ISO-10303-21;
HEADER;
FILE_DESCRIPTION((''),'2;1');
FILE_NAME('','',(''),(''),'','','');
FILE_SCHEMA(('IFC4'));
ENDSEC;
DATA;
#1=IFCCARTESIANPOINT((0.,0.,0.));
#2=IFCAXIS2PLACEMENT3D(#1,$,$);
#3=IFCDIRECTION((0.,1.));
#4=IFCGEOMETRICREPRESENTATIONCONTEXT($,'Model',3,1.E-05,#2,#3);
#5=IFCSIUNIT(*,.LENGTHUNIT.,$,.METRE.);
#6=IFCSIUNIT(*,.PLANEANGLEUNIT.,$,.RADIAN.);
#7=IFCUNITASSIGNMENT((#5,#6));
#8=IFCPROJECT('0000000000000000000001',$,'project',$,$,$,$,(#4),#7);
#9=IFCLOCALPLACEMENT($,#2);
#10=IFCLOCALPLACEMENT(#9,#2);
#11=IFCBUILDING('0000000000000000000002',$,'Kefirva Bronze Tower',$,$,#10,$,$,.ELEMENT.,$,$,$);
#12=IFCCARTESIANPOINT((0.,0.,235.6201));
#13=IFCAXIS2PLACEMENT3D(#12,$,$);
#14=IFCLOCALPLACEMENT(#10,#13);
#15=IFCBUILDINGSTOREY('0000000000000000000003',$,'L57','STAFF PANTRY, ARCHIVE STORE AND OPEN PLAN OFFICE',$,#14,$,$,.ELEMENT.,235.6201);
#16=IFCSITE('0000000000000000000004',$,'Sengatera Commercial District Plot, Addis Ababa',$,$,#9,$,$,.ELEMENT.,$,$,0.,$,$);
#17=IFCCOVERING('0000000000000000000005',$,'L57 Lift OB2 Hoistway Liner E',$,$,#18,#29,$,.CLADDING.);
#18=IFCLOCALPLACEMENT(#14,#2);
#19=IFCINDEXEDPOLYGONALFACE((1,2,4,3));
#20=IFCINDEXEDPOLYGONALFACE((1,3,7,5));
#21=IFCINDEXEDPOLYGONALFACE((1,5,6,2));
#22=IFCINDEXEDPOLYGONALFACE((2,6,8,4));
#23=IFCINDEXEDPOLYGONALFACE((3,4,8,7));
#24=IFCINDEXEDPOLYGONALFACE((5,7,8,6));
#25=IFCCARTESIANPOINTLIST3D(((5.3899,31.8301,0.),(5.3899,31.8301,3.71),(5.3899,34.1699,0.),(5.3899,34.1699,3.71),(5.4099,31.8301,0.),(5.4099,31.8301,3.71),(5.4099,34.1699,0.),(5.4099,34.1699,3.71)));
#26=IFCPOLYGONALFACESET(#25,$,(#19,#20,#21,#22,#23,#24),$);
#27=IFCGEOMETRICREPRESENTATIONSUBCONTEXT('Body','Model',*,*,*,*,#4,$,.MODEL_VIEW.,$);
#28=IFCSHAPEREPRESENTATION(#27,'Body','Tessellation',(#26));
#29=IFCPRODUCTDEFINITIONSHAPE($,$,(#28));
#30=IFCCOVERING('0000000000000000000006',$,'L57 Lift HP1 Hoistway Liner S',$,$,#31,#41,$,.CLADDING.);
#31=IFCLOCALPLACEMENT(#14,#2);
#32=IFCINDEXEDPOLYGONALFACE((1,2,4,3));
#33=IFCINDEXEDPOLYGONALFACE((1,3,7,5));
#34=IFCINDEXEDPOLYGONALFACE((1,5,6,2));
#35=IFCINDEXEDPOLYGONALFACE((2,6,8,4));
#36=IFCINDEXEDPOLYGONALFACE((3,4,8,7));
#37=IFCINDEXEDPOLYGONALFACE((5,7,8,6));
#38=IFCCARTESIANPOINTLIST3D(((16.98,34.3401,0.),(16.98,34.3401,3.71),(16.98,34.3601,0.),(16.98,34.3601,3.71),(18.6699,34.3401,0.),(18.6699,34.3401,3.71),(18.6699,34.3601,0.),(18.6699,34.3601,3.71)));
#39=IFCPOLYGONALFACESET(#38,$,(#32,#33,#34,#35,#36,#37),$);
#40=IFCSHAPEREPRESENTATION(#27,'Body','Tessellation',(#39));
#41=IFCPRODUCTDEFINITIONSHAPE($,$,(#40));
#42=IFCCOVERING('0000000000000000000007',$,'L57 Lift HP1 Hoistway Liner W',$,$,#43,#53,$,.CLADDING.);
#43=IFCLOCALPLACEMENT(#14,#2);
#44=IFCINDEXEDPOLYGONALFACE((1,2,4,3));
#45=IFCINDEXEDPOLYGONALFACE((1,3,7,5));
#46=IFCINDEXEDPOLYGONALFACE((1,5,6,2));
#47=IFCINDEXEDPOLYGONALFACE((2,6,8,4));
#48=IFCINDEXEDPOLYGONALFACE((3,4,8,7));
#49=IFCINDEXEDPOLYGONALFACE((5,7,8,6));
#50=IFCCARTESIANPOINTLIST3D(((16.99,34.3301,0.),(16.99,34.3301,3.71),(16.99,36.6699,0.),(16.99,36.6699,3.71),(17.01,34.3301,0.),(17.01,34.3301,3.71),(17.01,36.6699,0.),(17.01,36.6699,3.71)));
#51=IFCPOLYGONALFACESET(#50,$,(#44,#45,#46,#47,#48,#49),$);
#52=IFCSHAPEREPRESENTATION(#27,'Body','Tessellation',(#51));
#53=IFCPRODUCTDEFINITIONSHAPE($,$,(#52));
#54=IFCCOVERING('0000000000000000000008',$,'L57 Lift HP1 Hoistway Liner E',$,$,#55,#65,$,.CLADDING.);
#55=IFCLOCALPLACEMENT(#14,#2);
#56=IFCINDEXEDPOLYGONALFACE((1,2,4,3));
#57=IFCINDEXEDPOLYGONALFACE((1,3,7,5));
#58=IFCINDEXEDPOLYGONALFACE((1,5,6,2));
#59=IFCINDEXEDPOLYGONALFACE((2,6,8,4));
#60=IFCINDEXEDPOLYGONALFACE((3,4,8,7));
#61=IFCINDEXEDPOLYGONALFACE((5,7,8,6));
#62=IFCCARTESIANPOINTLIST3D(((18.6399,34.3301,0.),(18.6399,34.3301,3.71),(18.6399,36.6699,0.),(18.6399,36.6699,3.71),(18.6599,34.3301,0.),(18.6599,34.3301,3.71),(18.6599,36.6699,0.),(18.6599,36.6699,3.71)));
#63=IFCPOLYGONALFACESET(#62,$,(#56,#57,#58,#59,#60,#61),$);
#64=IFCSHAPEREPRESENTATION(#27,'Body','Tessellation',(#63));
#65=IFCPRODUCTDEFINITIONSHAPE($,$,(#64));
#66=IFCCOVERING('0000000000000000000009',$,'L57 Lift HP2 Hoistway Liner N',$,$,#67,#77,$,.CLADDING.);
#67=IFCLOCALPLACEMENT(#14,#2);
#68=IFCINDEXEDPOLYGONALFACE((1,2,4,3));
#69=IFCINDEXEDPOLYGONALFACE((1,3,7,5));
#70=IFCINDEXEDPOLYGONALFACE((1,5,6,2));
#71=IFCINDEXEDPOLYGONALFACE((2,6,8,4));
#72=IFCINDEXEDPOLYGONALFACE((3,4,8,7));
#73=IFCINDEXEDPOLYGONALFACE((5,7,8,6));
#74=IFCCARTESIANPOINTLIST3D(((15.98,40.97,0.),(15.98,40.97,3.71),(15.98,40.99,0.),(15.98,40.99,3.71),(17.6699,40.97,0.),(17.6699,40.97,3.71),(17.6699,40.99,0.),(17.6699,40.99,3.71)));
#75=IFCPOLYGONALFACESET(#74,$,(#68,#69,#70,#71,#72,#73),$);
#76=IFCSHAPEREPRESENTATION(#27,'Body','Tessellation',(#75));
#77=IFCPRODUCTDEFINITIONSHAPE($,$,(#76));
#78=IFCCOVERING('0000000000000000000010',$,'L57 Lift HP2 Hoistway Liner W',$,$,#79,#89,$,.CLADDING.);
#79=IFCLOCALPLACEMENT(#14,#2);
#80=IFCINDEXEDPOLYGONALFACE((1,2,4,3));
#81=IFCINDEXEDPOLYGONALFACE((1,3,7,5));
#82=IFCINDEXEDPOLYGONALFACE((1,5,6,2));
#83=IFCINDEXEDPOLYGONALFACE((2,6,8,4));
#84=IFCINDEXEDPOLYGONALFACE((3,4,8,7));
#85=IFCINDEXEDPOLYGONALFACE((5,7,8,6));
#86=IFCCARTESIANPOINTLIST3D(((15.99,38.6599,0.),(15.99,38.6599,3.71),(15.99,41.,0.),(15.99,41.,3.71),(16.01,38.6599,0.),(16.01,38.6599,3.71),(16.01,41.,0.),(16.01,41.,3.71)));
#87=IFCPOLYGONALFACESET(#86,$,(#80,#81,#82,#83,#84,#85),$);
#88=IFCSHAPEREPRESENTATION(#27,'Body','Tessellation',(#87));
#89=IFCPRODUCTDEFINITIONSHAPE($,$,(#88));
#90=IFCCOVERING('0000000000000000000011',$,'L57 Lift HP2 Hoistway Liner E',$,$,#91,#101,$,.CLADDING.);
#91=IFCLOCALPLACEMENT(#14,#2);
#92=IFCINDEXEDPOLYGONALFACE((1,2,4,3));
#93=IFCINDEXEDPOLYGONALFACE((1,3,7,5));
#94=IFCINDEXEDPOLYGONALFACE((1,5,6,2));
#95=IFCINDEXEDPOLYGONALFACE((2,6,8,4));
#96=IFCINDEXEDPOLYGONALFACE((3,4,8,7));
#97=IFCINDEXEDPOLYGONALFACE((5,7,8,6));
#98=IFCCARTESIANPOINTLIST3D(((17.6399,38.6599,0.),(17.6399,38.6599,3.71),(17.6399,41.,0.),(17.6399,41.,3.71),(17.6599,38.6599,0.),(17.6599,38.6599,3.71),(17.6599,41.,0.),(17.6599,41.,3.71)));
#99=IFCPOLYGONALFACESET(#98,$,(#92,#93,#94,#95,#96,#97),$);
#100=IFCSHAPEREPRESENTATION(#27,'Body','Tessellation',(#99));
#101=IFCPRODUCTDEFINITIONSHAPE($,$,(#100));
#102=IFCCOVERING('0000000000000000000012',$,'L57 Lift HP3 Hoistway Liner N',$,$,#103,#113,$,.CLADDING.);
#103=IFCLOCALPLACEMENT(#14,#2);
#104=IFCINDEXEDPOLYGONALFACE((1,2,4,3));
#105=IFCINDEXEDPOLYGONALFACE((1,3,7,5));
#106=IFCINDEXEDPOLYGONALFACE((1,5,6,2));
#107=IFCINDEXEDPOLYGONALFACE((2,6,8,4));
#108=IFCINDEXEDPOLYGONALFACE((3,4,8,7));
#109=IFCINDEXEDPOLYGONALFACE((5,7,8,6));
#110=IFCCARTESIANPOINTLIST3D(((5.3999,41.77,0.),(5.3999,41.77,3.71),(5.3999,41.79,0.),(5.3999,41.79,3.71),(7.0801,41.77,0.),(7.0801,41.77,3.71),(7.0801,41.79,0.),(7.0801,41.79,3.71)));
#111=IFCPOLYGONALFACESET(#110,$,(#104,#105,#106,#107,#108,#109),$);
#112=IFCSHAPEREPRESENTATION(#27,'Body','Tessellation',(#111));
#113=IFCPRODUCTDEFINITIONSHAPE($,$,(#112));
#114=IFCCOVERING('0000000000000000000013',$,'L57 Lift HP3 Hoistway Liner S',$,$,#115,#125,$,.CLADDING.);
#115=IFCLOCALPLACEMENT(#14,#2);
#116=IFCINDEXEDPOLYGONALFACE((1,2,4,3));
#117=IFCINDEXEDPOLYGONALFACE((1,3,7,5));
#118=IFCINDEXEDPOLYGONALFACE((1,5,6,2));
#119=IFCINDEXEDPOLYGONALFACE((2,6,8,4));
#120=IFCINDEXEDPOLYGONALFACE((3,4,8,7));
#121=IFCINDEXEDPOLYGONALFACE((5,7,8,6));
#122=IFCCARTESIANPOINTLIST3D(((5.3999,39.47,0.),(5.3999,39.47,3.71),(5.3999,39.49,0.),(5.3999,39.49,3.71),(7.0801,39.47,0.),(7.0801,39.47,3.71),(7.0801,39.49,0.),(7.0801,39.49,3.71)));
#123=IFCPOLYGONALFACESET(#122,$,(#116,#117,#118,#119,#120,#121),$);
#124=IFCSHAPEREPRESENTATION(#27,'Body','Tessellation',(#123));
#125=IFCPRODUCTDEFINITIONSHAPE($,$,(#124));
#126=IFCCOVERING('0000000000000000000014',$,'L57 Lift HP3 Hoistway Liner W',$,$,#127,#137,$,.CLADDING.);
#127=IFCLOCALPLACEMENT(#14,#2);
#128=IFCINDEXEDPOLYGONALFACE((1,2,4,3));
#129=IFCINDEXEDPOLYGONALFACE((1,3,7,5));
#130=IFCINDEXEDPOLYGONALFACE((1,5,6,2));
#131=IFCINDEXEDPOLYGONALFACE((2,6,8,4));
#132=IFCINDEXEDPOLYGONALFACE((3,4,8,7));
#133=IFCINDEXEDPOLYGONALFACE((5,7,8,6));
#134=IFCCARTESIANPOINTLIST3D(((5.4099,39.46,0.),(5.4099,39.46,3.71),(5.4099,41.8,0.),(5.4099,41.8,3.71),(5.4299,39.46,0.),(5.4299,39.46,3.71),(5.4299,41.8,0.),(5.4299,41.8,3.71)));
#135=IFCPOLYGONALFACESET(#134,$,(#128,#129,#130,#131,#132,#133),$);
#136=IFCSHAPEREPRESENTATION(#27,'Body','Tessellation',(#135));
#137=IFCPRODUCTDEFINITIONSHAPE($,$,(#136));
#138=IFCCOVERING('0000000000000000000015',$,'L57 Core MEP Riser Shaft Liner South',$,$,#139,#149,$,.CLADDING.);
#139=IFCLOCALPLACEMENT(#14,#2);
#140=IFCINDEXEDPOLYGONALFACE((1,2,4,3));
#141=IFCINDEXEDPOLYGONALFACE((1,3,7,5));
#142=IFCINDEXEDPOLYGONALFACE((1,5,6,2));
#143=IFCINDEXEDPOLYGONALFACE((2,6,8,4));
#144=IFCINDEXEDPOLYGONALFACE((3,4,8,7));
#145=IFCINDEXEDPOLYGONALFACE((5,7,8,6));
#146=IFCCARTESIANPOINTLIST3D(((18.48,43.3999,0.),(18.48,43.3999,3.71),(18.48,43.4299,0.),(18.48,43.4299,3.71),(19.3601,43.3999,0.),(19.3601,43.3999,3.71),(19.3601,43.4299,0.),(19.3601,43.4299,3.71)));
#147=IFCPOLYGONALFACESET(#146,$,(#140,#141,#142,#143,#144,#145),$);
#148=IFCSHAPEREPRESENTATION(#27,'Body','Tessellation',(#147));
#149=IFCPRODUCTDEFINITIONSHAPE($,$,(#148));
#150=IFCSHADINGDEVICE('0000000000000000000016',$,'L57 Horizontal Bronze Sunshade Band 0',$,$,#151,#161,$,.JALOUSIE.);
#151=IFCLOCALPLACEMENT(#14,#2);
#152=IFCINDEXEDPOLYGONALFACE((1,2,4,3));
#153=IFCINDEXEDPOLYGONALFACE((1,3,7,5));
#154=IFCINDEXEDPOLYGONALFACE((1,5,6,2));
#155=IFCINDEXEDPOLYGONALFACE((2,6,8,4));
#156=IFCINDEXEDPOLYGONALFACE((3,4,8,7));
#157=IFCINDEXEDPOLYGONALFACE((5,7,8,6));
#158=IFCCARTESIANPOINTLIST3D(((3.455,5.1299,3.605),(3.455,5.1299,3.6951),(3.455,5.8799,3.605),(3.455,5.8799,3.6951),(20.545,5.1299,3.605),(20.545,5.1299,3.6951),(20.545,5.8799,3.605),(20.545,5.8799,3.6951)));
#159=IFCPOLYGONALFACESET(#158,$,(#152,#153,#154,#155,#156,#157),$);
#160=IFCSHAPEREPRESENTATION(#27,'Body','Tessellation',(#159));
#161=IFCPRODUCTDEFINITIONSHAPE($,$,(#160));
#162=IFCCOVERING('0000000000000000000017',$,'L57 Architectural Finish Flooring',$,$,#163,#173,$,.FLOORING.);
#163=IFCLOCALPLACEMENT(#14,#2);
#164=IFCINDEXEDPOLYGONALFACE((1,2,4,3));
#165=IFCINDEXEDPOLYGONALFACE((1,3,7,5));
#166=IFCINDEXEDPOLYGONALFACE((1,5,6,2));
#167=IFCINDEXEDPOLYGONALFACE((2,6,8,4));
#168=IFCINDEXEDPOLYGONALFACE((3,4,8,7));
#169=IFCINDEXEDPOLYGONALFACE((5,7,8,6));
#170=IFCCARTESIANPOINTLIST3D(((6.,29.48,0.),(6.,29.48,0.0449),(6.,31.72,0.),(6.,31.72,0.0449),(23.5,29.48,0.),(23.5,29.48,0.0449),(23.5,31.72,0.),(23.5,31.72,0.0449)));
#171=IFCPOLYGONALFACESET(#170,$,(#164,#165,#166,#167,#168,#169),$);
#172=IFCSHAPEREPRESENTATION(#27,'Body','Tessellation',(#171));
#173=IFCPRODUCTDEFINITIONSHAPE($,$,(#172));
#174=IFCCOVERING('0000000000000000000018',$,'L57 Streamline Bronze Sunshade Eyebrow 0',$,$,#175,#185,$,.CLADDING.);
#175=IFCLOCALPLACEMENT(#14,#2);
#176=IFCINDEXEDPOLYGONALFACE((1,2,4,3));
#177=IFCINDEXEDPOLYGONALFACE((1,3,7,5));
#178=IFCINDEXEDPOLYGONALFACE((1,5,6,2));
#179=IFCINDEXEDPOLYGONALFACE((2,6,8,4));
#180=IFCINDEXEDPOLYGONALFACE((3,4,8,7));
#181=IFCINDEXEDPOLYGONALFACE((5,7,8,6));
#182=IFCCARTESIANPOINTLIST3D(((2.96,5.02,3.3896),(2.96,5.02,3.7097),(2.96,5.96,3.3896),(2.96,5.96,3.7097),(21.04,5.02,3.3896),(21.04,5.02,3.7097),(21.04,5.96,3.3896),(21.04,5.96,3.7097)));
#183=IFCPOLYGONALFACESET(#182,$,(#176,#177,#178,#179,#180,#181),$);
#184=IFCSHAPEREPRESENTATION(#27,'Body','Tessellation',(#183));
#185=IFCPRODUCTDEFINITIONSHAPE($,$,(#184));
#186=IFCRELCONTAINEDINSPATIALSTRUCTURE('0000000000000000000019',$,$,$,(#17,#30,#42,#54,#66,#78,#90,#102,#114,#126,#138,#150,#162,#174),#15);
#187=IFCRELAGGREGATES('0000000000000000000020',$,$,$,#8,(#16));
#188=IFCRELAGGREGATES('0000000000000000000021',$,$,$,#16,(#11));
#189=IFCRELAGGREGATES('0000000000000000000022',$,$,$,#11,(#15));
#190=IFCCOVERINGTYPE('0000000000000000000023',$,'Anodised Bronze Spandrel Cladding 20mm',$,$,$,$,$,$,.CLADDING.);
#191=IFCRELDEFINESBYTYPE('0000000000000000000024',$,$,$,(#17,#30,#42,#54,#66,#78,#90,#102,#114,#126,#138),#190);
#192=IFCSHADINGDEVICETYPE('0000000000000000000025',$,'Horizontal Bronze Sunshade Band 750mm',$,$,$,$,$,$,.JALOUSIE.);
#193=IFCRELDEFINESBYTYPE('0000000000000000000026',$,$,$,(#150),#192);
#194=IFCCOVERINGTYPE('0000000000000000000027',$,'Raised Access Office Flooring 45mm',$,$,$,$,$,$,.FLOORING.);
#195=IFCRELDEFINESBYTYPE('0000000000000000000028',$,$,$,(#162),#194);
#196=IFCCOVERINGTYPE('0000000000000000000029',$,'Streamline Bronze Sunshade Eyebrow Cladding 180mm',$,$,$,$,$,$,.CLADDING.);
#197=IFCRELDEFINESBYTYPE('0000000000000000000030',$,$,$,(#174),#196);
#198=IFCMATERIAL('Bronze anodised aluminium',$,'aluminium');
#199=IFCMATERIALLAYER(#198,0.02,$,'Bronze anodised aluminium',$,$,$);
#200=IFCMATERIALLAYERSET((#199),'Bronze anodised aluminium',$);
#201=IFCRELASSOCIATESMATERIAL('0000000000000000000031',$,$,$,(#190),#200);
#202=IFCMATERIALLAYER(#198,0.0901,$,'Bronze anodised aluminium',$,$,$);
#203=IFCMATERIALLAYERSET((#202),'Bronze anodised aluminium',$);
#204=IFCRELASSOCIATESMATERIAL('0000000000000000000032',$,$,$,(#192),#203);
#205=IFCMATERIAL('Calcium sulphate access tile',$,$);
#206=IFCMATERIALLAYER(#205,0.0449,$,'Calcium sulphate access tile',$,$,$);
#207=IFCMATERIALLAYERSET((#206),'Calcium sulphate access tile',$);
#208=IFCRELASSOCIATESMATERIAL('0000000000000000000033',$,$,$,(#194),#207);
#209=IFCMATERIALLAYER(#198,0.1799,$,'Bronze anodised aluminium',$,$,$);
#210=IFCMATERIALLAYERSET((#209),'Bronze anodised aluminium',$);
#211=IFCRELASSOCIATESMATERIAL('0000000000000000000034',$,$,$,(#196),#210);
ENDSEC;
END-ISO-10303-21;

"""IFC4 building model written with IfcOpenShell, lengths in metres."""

from ifc_helpers import new_model, si_unit, direction, frame, origin, origin_2d, place, context, subcontext, project, spatial, polyline, rectangle, outline, extrude, material, layer, layer_set, type_object, element, save


model = new_model("IFC4")

# Units and contexts
model_context = context("Model", 3, precision=1e-05, world=origin(), true_north=direction((0.0, 1.0)))
body_context = subcontext(model_context, "Body", "Model", "MODEL_VIEW")
ifc_project = project(units=[si_unit("LENGTHUNIT", "METRE"), si_unit("PLANEANGLEUNIT", "RADIAN")], contexts=[model_context])

# Site, building, storey
site_placement = place(None, origin())
site = spatial("IfcSite", under=ifc_project, at=site_placement, Name="Sengatera Commercial District Plot, Addis Ababa", CompositionType="ELEMENT", RefElevation=0.0)
building_placement = place(site_placement, origin())
building = spatial("IfcBuilding", under=site, at=building_placement, Name="Kefirva Bronze Tower", CompositionType="ELEMENT")
storey_placement = place(building_placement, frame((0.0, 0.0, 235.6201)))
storey = spatial("IfcBuildingStorey", under=building, at=storey_placement, Name="L57", Description="STAFF PANTRY, ARCHIVE STORE AND OPEN PLAN OFFICE", CompositionType="ELEMENT", Elevation=235.6201)

# Shared definitions
ifc_material_1 = material(Name="Bronze anodised aluminium", Category="aluminium")

# Coverings
ifc_layer_1 = layer(ifc_material_1, 0.02, Name="Bronze anodised aluminium")
ifc_layer_set_1 = layer_set([ifc_layer_1], Name="Bronze anodised aluminium")
covering_type_1 = type_object("IfcCoveringType", Name="Anodised Bronze Spandrel Cladding 20mm", PredefinedType="CLADDING", material=ifc_layer_set_1)
covering_1_placement = place(storey_placement, origin())
element("IfcCovering", 1, at=covering_1_placement, inside=storey, type_object=covering_type_1, Name="L57 Lift OB2 Hoistway Liner E", PredefinedType="CLADDING", context=body_context, shape_type="SweptSolid", body=[
    extrude(outline(polyline([(5.3899, 31.8301), (5.4099, 31.8301), (5.4099, 34.1699), (5.3899, 34.1699), (5.3899, 31.8301)])), origin(), (0.0, 0.0, 1.0), 3.71),
])
covering_2_placement = place(storey_placement, origin())
element("IfcCovering", 2, at=covering_2_placement, inside=storey, type_object=covering_type_1, Name="L57 Lift HP1 Hoistway Liner S", PredefinedType="CLADDING", context=body_context, shape_type="SweptSolid", body=[
    extrude(outline(polyline([(16.98, 34.3401), (18.6699, 34.3401), (18.6699, 34.3601), (16.98, 34.3601), (16.98, 34.3401)])), origin(), (0.0, 0.0, 1.0), 3.71),
])
covering_3_placement = place(storey_placement, origin())
element("IfcCovering", 3, at=covering_3_placement, inside=storey, type_object=covering_type_1, Name="L57 Lift HP1 Hoistway Liner W", PredefinedType="CLADDING", context=body_context, shape_type="SweptSolid", body=[
    extrude(outline(polyline([(16.99, 34.3301), (17.01, 34.3301), (17.01, 36.6699), (16.99, 36.6699), (16.99, 34.3301)])), origin(), (0.0, 0.0, 1.0), 3.71),
])
covering_4_placement = place(storey_placement, origin())
element("IfcCovering", 4, at=covering_4_placement, inside=storey, type_object=covering_type_1, Name="L57 Lift HP1 Hoistway Liner E", PredefinedType="CLADDING", context=body_context, shape_type="SweptSolid", body=[
    extrude(outline(polyline([(18.6399, 34.3301), (18.6599, 34.3301), (18.6599, 36.6699), (18.6399, 36.6699), (18.6399, 34.3301)])), origin(), (0.0, 0.0, 1.0), 3.71),
])
covering_5_placement = place(storey_placement, origin())
element("IfcCovering", 5, at=covering_5_placement, inside=storey, type_object=covering_type_1, Name="L57 Lift HP2 Hoistway Liner N", PredefinedType="CLADDING", context=body_context, shape_type="SweptSolid", body=[
    extrude(outline(polyline([(15.98, 40.97), (17.6699, 40.97), (17.6699, 40.99), (15.98, 40.99), (15.98, 40.97)])), origin(), (0.0, 0.0, 1.0), 3.71),
])
covering_6_placement = place(storey_placement, origin())
element("IfcCovering", 6, at=covering_6_placement, inside=storey, type_object=covering_type_1, Name="L57 Lift HP2 Hoistway Liner W", PredefinedType="CLADDING", context=body_context, shape_type="SweptSolid", body=[
    extrude(outline(polyline([(15.99, 38.6599), (16.01, 38.6599), (16.01, 41.0), (15.99, 41.0), (15.99, 38.6599)])), origin(), (0.0, 0.0, 1.0), 3.71),
])
covering_7_placement = place(storey_placement, origin())
element("IfcCovering", 7, at=covering_7_placement, inside=storey, type_object=covering_type_1, Name="L57 Lift HP2 Hoistway Liner E", PredefinedType="CLADDING", context=body_context, shape_type="SweptSolid", body=[
    extrude(outline(polyline([(17.6399, 38.6599), (17.6599, 38.6599), (17.6599, 41.0), (17.6399, 41.0), (17.6399, 38.6599)])), origin(), (0.0, 0.0, 1.0), 3.71),
])
covering_8_placement = place(storey_placement, origin())
element("IfcCovering", 8, at=covering_8_placement, inside=storey, type_object=covering_type_1, Name="L57 Lift HP3 Hoistway Liner N", PredefinedType="CLADDING", context=body_context, shape_type="SweptSolid", body=[
    extrude(outline(polyline([(5.3999, 41.77), (7.0801, 41.77), (7.0801, 41.79), (5.3999, 41.79), (5.3999, 41.77)])), origin(), (0.0, 0.0, 1.0), 3.71),
])
covering_9_placement = place(storey_placement, origin())
element("IfcCovering", 9, at=covering_9_placement, inside=storey, type_object=covering_type_1, Name="L57 Lift HP3 Hoistway Liner S", PredefinedType="CLADDING", context=body_context, shape_type="SweptSolid", body=[
    extrude(outline(polyline([(5.3999, 39.47), (7.0801, 39.47), (7.0801, 39.49), (5.3999, 39.49), (5.3999, 39.47)])), origin(), (0.0, 0.0, 1.0), 3.71),
])
covering_10_placement = place(storey_placement, origin())
element("IfcCovering", 10, at=covering_10_placement, inside=storey, type_object=covering_type_1, Name="L57 Lift HP3 Hoistway Liner W", PredefinedType="CLADDING", context=body_context, shape_type="SweptSolid", body=[
    extrude(outline(polyline([(5.4099, 39.46), (5.4299, 39.46), (5.4299, 41.8), (5.4099, 41.8), (5.4099, 39.46)])), origin(), (0.0, 0.0, 1.0), 3.71),
])
covering_11_placement = place(storey_placement, origin())
element("IfcCovering", 11, at=covering_11_placement, inside=storey, type_object=covering_type_1, Name="L57 Core MEP Riser Shaft Liner South", PredefinedType="CLADDING", context=body_context, shape_type="SweptSolid", body=[
    extrude(outline(polyline([(18.48, 43.3999), (19.3601, 43.3999), (19.3601, 43.4299), (18.48, 43.4299), (18.48, 43.3999)])), origin(), (0.0, 0.0, 1.0), 3.71),
])

# Shading device
ifc_layer_2 = layer(ifc_material_1, 0.0901, Name="Bronze anodised aluminium")
ifc_layer_set_2 = layer_set([ifc_layer_2], Name="Bronze anodised aluminium")
shading_device_type = type_object("IfcShadingDeviceType", Name="Horizontal Bronze Sunshade Band 750mm", PredefinedType="JALOUSIE", material=ifc_layer_set_2)
shading_device_placement = place(storey_placement, frame((12.0, 5.5049, 3.605), z_axis=(0.0, 0.0, 1.0), x_axis=(1.0, 0.0, 0.0)))
element("IfcShadingDevice", 12, at=shading_device_placement, inside=storey, type_object=shading_device_type, Name="L57 Horizontal Bronze Sunshade Band 0", PredefinedType="JALOUSIE", context=body_context, shape_type="SweptSolid", body=[
    extrude(rectangle(XDim=17.0901, YDim=0.75, at=origin_2d()), origin(), (0.0, 0.0, 1.0), 0.0901),
])

# Coverings
ifc_material_2 = material(Name="Calcium sulphate access tile")
ifc_layer_3 = layer(ifc_material_2, 0.0449, Name="Calcium sulphate access tile")
ifc_layer_set_3 = layer_set([ifc_layer_3], Name="Calcium sulphate access tile")
covering_type_2 = type_object("IfcCoveringType", Name="Raised Access Office Flooring 45mm", PredefinedType="FLOORING", material=ifc_layer_set_3)
covering_12_placement = place(storey_placement, origin())
element("IfcCovering", 13, at=covering_12_placement, inside=storey, type_object=covering_type_2, Name="L57 Architectural Finish Flooring", PredefinedType="FLOORING", context=body_context, shape_type="SweptSolid", body=[
    extrude(outline(polyline([(6.0, 29.48), (23.5, 29.48), (23.5, 31.72), (6.0, 31.72), (6.0, 29.48)])), origin(), (0.0, 0.0, 1.0), 0.0449),
])
ifc_layer_4 = layer(ifc_material_1, 0.1799, Name="Bronze anodised aluminium")
ifc_layer_set_4 = layer_set([ifc_layer_4], Name="Bronze anodised aluminium")
covering_type_3 = type_object("IfcCoveringType", Name="Streamline Bronze Sunshade Eyebrow Cladding 180mm", PredefinedType="CLADDING", material=ifc_layer_set_4)
covering_13_placement = place(storey_placement, frame((12.0, 5.49, 3.3896), z_axis=(0.0, 0.0, 1.0), x_axis=(1.0, 0.0, 0.0)))
element("IfcCovering", 14, at=covering_13_placement, inside=storey, type_object=covering_type_3, Name="L57 Streamline Bronze Sunshade Eyebrow 0", PredefinedType="CLADDING", context=body_context, shape_type="SweptSolid", body=[
    extrude(rectangle(XDim=18.0801, YDim=0.9399, at=origin_2d()), origin(), (0.0, 0.0, 1.0), 0.3201),
])

save(model, "model.ifc")
